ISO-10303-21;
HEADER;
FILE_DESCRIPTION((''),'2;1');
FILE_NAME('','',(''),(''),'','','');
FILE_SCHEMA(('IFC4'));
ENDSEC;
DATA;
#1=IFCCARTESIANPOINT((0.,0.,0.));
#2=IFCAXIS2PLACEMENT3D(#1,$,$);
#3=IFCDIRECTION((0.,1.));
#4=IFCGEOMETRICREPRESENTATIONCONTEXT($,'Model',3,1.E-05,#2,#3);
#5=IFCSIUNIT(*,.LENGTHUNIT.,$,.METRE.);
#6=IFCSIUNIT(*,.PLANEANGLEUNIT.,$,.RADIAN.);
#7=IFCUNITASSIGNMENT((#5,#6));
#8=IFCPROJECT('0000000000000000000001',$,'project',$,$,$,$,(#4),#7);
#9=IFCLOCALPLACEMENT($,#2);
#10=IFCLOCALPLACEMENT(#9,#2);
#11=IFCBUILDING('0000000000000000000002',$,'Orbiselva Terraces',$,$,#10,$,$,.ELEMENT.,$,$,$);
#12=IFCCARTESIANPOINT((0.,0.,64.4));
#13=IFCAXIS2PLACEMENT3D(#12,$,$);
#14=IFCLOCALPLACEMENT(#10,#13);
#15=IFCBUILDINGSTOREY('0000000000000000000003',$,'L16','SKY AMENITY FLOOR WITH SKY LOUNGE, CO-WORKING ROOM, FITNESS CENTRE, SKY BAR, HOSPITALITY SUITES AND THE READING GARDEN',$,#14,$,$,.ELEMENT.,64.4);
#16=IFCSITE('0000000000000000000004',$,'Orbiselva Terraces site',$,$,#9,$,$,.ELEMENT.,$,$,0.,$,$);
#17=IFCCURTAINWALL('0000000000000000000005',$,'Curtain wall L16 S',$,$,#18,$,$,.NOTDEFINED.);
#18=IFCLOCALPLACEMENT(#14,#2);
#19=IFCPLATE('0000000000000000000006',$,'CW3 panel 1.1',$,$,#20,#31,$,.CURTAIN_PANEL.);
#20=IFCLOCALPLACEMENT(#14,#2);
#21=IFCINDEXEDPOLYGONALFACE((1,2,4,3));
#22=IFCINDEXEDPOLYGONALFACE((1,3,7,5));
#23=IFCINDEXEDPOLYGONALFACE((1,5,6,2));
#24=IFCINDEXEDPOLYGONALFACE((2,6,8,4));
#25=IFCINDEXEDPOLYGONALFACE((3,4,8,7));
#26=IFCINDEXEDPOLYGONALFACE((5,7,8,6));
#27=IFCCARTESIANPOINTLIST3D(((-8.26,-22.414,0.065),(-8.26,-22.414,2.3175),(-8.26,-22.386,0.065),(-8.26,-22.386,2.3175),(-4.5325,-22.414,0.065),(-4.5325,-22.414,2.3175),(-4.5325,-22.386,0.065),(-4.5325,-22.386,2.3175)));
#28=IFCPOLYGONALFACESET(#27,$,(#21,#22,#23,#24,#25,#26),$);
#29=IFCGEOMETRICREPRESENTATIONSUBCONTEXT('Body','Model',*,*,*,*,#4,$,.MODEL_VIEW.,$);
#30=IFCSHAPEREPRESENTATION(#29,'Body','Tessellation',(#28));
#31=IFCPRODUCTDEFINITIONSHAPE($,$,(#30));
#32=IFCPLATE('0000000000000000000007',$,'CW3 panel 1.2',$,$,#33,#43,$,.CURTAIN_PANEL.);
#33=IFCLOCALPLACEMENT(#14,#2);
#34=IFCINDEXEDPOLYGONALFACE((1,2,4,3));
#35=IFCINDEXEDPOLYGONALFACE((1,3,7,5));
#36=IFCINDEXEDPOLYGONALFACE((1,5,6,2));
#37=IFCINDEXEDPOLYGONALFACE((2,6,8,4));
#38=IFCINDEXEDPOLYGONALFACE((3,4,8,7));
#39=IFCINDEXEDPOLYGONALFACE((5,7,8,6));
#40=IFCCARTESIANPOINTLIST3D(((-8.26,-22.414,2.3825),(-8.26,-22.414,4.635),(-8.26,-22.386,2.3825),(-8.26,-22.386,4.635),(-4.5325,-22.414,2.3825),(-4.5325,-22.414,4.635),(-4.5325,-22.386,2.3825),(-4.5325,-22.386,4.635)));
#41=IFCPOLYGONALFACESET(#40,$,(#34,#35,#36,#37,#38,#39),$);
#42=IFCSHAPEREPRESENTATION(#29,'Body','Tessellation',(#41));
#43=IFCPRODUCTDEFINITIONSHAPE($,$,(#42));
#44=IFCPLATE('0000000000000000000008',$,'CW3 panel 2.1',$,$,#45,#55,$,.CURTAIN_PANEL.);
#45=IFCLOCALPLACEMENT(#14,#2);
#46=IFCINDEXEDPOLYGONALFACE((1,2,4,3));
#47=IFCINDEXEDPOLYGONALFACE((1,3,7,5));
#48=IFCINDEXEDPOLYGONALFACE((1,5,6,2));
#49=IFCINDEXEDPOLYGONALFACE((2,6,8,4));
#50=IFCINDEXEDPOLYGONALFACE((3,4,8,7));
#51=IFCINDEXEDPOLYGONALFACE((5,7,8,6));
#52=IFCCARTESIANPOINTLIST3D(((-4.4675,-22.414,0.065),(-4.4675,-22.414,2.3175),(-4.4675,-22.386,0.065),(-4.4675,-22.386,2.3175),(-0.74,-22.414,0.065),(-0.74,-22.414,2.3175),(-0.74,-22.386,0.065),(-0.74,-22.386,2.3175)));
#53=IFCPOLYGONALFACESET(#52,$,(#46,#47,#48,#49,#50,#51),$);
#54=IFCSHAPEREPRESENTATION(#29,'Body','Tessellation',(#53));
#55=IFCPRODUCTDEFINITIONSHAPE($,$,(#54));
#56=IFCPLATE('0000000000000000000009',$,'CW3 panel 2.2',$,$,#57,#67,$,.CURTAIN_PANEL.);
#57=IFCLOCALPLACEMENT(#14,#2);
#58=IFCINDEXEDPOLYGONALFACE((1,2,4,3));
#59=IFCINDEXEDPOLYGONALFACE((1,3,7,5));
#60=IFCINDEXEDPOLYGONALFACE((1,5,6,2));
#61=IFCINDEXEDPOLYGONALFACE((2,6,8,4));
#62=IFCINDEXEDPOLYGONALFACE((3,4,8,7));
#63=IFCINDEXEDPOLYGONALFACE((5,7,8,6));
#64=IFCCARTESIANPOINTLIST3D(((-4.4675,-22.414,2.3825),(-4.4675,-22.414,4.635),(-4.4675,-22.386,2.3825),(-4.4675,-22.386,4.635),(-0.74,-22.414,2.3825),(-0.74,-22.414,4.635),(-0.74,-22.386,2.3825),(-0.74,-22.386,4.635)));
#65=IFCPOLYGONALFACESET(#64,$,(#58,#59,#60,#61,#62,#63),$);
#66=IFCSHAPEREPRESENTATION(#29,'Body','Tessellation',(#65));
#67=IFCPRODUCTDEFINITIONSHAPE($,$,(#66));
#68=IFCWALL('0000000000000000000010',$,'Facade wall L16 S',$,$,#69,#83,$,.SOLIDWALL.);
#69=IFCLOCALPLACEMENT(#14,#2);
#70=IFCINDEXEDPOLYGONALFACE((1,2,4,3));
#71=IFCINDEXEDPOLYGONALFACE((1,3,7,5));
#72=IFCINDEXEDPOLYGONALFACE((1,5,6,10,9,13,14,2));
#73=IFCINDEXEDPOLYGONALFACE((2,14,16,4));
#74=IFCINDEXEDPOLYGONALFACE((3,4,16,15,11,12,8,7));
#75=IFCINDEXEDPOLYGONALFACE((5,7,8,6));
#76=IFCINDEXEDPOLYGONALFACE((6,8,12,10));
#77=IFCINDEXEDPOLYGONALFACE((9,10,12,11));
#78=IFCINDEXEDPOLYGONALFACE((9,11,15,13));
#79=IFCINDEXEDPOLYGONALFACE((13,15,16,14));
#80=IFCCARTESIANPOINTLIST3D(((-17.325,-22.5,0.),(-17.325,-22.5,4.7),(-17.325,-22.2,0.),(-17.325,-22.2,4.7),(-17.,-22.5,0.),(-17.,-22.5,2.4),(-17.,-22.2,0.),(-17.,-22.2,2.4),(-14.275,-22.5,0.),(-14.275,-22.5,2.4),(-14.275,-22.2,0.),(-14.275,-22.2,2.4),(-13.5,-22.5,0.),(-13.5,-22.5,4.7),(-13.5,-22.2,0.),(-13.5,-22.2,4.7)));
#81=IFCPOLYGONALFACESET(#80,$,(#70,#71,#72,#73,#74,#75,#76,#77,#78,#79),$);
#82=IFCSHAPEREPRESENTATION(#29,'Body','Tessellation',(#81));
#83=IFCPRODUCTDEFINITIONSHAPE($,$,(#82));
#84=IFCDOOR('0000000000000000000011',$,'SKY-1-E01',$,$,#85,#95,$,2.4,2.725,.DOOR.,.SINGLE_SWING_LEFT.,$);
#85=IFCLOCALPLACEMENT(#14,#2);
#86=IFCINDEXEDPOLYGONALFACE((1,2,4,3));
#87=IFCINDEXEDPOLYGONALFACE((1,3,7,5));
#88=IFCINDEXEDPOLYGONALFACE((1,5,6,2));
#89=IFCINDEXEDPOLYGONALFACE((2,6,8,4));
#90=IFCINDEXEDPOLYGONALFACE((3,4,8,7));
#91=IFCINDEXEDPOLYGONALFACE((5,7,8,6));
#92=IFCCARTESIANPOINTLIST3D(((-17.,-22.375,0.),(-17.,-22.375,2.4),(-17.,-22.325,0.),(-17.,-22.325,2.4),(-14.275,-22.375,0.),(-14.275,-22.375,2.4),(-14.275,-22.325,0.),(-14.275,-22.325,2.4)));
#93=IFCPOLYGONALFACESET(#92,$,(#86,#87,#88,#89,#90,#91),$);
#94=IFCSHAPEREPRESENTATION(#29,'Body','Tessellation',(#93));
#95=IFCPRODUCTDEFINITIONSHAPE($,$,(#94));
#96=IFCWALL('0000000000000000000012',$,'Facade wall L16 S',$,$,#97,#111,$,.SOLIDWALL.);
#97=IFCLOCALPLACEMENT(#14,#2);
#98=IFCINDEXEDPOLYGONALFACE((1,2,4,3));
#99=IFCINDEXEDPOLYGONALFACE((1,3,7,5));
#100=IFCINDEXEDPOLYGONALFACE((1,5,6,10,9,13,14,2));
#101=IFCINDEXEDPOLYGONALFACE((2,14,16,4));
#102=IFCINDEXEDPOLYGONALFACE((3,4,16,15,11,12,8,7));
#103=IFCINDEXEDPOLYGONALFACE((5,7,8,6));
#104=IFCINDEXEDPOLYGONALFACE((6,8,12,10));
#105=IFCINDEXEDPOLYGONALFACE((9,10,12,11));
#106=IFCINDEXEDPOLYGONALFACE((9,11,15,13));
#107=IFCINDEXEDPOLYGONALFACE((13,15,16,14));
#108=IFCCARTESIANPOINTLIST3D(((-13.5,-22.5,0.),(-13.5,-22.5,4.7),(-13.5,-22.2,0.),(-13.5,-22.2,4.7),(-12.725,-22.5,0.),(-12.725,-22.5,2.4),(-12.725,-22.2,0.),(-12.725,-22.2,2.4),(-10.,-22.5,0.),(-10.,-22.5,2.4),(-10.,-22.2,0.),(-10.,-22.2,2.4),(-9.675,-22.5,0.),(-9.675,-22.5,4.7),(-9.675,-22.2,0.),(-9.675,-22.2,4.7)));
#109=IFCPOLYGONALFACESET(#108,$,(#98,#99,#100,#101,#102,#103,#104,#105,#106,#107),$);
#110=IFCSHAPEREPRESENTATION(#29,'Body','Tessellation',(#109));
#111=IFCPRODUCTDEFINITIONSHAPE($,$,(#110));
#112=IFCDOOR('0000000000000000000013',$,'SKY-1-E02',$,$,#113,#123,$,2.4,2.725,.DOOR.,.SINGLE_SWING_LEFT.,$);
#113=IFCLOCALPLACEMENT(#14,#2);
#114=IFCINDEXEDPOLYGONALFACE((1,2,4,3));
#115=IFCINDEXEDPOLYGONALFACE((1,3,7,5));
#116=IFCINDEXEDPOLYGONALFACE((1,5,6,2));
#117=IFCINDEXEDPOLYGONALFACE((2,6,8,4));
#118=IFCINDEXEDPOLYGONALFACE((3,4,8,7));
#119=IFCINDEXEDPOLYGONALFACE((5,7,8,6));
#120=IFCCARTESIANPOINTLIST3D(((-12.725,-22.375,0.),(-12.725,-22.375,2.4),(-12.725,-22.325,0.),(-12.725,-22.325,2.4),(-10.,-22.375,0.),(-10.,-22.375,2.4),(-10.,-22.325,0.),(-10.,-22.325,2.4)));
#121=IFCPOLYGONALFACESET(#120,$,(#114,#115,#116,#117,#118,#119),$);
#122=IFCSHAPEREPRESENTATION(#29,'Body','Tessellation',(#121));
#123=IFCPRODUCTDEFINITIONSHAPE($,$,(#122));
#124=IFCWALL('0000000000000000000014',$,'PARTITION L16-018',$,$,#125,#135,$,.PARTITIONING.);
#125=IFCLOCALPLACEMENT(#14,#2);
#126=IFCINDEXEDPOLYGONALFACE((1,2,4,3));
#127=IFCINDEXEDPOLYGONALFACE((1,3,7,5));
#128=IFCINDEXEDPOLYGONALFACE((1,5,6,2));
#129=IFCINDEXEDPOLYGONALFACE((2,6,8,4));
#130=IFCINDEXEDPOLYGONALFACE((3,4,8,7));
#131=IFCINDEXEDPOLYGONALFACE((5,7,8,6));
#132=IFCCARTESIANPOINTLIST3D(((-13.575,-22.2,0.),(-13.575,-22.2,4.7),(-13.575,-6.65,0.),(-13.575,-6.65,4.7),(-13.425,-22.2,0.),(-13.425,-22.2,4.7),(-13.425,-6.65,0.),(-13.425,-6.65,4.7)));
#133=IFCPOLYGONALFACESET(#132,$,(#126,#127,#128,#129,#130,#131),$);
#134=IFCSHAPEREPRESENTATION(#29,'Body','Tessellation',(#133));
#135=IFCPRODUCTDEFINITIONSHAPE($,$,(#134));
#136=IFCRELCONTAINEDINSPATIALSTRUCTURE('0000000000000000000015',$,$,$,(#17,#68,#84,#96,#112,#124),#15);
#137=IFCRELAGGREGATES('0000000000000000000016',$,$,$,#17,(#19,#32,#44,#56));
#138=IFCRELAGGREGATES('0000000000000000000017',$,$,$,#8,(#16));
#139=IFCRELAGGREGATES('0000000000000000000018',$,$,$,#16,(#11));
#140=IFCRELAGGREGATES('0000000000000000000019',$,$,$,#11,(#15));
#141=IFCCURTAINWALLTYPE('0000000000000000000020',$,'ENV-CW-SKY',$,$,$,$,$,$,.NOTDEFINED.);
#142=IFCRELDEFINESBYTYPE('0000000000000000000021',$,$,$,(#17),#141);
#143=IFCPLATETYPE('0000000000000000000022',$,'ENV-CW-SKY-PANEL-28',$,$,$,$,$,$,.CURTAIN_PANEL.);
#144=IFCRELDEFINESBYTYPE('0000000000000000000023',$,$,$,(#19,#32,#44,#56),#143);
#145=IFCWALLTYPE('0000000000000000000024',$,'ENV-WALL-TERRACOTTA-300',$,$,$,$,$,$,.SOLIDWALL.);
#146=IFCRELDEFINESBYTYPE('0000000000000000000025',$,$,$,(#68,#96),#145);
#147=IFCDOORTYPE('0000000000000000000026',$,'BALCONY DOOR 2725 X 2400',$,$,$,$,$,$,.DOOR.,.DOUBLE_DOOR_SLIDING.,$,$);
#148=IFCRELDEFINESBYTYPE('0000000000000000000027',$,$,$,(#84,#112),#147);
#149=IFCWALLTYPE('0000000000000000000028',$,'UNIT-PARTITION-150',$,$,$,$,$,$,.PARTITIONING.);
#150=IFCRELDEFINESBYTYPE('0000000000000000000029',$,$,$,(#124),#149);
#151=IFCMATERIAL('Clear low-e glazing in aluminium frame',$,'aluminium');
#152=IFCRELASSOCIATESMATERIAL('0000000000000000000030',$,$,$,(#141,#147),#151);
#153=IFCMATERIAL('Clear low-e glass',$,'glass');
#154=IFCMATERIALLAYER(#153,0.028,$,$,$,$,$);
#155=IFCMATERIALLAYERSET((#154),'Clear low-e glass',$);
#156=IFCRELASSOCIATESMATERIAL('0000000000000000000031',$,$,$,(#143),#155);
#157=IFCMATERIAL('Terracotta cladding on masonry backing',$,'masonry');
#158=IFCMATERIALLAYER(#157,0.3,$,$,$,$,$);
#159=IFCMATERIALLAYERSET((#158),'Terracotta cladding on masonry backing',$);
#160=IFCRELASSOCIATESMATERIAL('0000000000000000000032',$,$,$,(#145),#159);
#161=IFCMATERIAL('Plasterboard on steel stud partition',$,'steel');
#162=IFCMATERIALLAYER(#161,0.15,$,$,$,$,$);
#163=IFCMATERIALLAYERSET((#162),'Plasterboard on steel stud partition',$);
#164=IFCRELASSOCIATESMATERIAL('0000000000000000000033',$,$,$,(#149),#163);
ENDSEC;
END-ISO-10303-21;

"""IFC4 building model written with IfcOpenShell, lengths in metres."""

from ifc_helpers import new_model, si_unit, direction, frame, frame_2d, origin, origin_2d, place, context, subcontext, project, spatial, rectangle, extrude, material, layer, layer_set, type_object, element, fill, aggregate, save


model = new_model("IFC4")

# Units and contexts
model_context = context("Model", 3, precision=1e-05, world=origin(), true_north=direction((0.0, 1.0)))
body_context = subcontext(model_context, "Body", "Model", "MODEL_VIEW")
ifc_project = project(units=[si_unit("LENGTHUNIT", "METRE"), si_unit("PLANEANGLEUNIT", "RADIAN")], contexts=[model_context])

# Site, building, storey
site_placement = place(None, origin())
site = spatial("IfcSite", under=ifc_project, at=site_placement, Name="Orbiselva Terraces site", CompositionType="ELEMENT", RefElevation=0.0)
building_placement = place(site_placement, origin())
building = spatial("IfcBuilding", under=site, at=building_placement, Name="Orbiselva Terraces", CompositionType="ELEMENT")
storey_placement = place(building_placement, frame((0.0, 0.0, 64.4)))
storey = spatial("IfcBuildingStorey", under=building, at=storey_placement, Name="L16", Description="SKY AMENITY FLOOR WITH SKY LOUNGE, CO-WORKING ROOM, FITNESS CENTRE, SKY BAR, HOSPITALITY SUITES AND THE READING GARDEN", CompositionType="ELEMENT", Elevation=64.4)

# Shared definitions
ifc_material_1 = material(Name="Clear low-e glazing in aluminium frame", Category="aluminium")
curtain_wall_type = type_object("IfcCurtainWallType", Name="ENV-CW-SKY", PredefinedType="NOTDEFINED", material=ifc_material_1)

# Curtain wall, plates
curtain_wall_1_placement = place(storey_placement, origin())
curtain_wall_1 = element("IfcCurtainWall", 1, at=curtain_wall_1_placement, inside=storey, type_object=curtain_wall_type, Name="Curtain wall L16 S", PredefinedType="NOTDEFINED")
ifc_material_2 = material(Name="Clear low-e glass", Category="glass")
ifc_layer_1 = layer(ifc_material_2, 0.028)
ifc_layer_set_1 = layer_set([ifc_layer_1], Name="Clear low-e glass")
plate_type = type_object("IfcPlateType", Name="ENV-CW-SKY-PANEL-28", PredefinedType="CURTAIN_PANEL", material=ifc_layer_set_1)
plate_1_placement = place(storey_placement, frame((-6.3963, -22.4, 0.065), z_axis=(0.0, 0.0, 1.0), x_axis=(1.0, 0.0, 0.0)))
plate_1 = element("IfcPlate", 2, at=plate_1_placement, type_object=plate_type, Name="CW3 panel 1.1", PredefinedType="CURTAIN_PANEL", context=body_context, shape_type="SweptSolid", body=[
    extrude(rectangle(XDim=3.7275, YDim=0.028, at=origin_2d()), origin(), (0.0, 0.0, 1.0), 2.2525),
])
plate_2_placement = place(storey_placement, frame((-6.3963, -22.4, 2.3825), z_axis=(0.0, 0.0, 1.0), x_axis=(1.0, 0.0, 0.0)))
plate_2 = element("IfcPlate", 3, at=plate_2_placement, type_object=plate_type, Name="CW3 panel 1.2", PredefinedType="CURTAIN_PANEL", context=body_context, shape_type="SweptSolid", body=[
    extrude(rectangle(XDim=3.7275, YDim=0.028, at=origin_2d()), origin(), (0.0, 0.0, 1.0), 2.2525),
])
plate_3_placement = place(storey_placement, frame((-2.6037, -22.4, 0.065), z_axis=(0.0, 0.0, 1.0), x_axis=(1.0, 0.0, 0.0)))
plate_3 = element("IfcPlate", 4, at=plate_3_placement, type_object=plate_type, Name="CW3 panel 2.1", PredefinedType="CURTAIN_PANEL", context=body_context, shape_type="SweptSolid", body=[
    extrude(rectangle(XDim=3.7275, YDim=0.028, at=origin_2d()), origin(), (0.0, 0.0, 1.0), 2.2525),
])
plate_4_placement = place(storey_placement, frame((-2.6037, -22.4, 2.3825), z_axis=(0.0, 0.0, 1.0), x_axis=(1.0, 0.0, 0.0)))
plate_4 = element("IfcPlate", 5, at=plate_4_placement, type_object=plate_type, Name="CW3 panel 2.2", PredefinedType="CURTAIN_PANEL", context=body_context, shape_type="SweptSolid", body=[
    extrude(rectangle(XDim=3.7275, YDim=0.028, at=origin_2d()), origin(), (0.0, 0.0, 1.0), 2.2525),
])
aggregate(curtain_wall_1, [plate_1, plate_2, plate_3, plate_4])

# Walls, openings, doors
ifc_material_3 = material(Name="Terracotta cladding on masonry backing", Category="masonry")
ifc_layer_2 = layer(ifc_material_3, 0.3)
ifc_layer_set_2 = layer_set([ifc_layer_2], Name="Terracotta cladding on masonry backing")
wall_type_1 = type_object("IfcWallType", Name="ENV-WALL-TERRACOTTA-300", PredefinedType="SOLIDWALL", material=ifc_layer_set_2)
wall_1_placement = place(storey_placement, frame((-13.5, -22.35, 0.0), z_axis=(0.0, 0.0, 1.0), x_axis=(-1.0, 0.0, 0.0)))
wall_1 = element("IfcWall", 6, at=wall_1_placement, inside=storey, type_object=wall_type_1, Name="Facade wall L16 S", PredefinedType="SOLIDWALL", context=body_context, shape_type="SweptSolid", body=[
    extrude(rectangle(XDim=3.825, YDim=0.3, at=frame_2d((1.9125, 0.0))), origin(), (0.0, 0.0, 1.0), 4.7),
])
opening_1_placement = place(wall_1_placement, frame((0.775, 0.0, 0.0)))
opening_1 = element("IfcOpeningElement", 7, at=opening_1_placement, cuts=wall_1, PredefinedType="OPENING", context=body_context, shape_type="SweptSolid", body=[
    extrude(rectangle(XDim=2.725, YDim=2.4, at=frame_2d((1.3625, 1.2))), frame((0.0, 0.16, 0.0), z_axis=(0.0, -1.0, 0.0), x_axis=(1.0, 0.0, 0.0)), (0.0, 0.0, 1.0), 0.32),
])
door_type = type_object("IfcDoorType", Name="BALCONY DOOR 2725 X 2400", OperationType="DOUBLE_DOOR_SLIDING", PredefinedType="DOOR", material=ifc_material_1)
door_1_placement = place(opening_1_placement, origin())
door_1 = element("IfcDoor", 8, at=door_1_placement, inside=storey, type_object=door_type, Name="SKY-1-E01", OperationType="SINGLE_SWING_LEFT", OverallHeight=2.4, OverallWidth=2.725, PredefinedType="DOOR", context=body_context, shape_type="SweptSolid", body=[
    extrude(rectangle(XDim=2.725, YDim=2.4, at=frame_2d((1.3625, 1.2))), frame((0.0, 0.025, 0.0), z_axis=(0.0, -1.0, 0.0), x_axis=(1.0, 0.0, 0.0)), (0.0, 0.0, 1.0), 0.05),
])
fill(opening_1, door_1)
wall_2_placement = place(storey_placement, frame((-9.675, -22.35, 0.0), z_axis=(0.0, 0.0, 1.0), x_axis=(-1.0, 0.0, 0.0)))
wall_2 = element("IfcWall", 9, at=wall_2_placement, inside=storey, type_object=wall_type_1, Name="Facade wall L16 S", PredefinedType="SOLIDWALL", context=body_context, shape_type="SweptSolid", body=[
    extrude(rectangle(XDim=3.825, YDim=0.3, at=frame_2d((1.9125, 0.0))), origin(), (0.0, 0.0, 1.0), 4.7),
])
opening_2_placement = place(wall_2_placement, frame((0.325, 0.0, 0.0)))
opening_2 = element("IfcOpeningElement", 10, at=opening_2_placement, cuts=wall_2, PredefinedType="OPENING", context=body_context, shape_type="SweptSolid", body=[
    extrude(rectangle(XDim=2.725, YDim=2.4, at=frame_2d((1.3625, 1.2))), frame((0.0, 0.16, 0.0), z_axis=(0.0, -1.0, 0.0), x_axis=(1.0, 0.0, 0.0)), (0.0, 0.0, 1.0), 0.32),
])
door_2_placement = place(opening_2_placement, origin())
door_2 = element("IfcDoor", 11, at=door_2_placement, inside=storey, type_object=door_type, Name="SKY-1-E02", OperationType="SINGLE_SWING_LEFT", OverallHeight=2.4, OverallWidth=2.725, PredefinedType="DOOR", context=body_context, shape_type="SweptSolid", body=[
    extrude(rectangle(XDim=2.725, YDim=2.4, at=frame_2d((1.3625, 1.2))), frame((0.0, 0.025, 0.0), z_axis=(0.0, -1.0, 0.0), x_axis=(1.0, 0.0, 0.0)), (0.0, 0.0, 1.0), 0.05),
])
fill(opening_2, door_2)

# Wall
ifc_material_4 = material(Name="Plasterboard on steel stud partition", Category="steel")
ifc_layer_3 = layer(ifc_material_4, 0.15)
ifc_layer_set_3 = layer_set([ifc_layer_3], Name="Plasterboard on steel stud partition")
wall_type_2 = type_object("IfcWallType", Name="UNIT-PARTITION-150", PredefinedType="PARTITIONING", material=ifc_layer_set_3)
wall_3_placement = place(storey_placement, frame((-13.5, -22.2, 0.0), z_axis=(0.0, 0.0, 1.0), x_axis=(0.0, 1.0, 0.0)))
element("IfcWall", 12, at=wall_3_placement, inside=storey, type_object=wall_type_2, Name="PARTITION L16-018", PredefinedType="PARTITIONING", context=body_context, shape_type="SweptSolid", body=[
    extrude(rectangle(XDim=15.55, YDim=0.15, at=frame_2d((7.775, 0.0))), origin(), (0.0, 0.0, 1.0), 4.7),
])

save(model, "model.ifc")
